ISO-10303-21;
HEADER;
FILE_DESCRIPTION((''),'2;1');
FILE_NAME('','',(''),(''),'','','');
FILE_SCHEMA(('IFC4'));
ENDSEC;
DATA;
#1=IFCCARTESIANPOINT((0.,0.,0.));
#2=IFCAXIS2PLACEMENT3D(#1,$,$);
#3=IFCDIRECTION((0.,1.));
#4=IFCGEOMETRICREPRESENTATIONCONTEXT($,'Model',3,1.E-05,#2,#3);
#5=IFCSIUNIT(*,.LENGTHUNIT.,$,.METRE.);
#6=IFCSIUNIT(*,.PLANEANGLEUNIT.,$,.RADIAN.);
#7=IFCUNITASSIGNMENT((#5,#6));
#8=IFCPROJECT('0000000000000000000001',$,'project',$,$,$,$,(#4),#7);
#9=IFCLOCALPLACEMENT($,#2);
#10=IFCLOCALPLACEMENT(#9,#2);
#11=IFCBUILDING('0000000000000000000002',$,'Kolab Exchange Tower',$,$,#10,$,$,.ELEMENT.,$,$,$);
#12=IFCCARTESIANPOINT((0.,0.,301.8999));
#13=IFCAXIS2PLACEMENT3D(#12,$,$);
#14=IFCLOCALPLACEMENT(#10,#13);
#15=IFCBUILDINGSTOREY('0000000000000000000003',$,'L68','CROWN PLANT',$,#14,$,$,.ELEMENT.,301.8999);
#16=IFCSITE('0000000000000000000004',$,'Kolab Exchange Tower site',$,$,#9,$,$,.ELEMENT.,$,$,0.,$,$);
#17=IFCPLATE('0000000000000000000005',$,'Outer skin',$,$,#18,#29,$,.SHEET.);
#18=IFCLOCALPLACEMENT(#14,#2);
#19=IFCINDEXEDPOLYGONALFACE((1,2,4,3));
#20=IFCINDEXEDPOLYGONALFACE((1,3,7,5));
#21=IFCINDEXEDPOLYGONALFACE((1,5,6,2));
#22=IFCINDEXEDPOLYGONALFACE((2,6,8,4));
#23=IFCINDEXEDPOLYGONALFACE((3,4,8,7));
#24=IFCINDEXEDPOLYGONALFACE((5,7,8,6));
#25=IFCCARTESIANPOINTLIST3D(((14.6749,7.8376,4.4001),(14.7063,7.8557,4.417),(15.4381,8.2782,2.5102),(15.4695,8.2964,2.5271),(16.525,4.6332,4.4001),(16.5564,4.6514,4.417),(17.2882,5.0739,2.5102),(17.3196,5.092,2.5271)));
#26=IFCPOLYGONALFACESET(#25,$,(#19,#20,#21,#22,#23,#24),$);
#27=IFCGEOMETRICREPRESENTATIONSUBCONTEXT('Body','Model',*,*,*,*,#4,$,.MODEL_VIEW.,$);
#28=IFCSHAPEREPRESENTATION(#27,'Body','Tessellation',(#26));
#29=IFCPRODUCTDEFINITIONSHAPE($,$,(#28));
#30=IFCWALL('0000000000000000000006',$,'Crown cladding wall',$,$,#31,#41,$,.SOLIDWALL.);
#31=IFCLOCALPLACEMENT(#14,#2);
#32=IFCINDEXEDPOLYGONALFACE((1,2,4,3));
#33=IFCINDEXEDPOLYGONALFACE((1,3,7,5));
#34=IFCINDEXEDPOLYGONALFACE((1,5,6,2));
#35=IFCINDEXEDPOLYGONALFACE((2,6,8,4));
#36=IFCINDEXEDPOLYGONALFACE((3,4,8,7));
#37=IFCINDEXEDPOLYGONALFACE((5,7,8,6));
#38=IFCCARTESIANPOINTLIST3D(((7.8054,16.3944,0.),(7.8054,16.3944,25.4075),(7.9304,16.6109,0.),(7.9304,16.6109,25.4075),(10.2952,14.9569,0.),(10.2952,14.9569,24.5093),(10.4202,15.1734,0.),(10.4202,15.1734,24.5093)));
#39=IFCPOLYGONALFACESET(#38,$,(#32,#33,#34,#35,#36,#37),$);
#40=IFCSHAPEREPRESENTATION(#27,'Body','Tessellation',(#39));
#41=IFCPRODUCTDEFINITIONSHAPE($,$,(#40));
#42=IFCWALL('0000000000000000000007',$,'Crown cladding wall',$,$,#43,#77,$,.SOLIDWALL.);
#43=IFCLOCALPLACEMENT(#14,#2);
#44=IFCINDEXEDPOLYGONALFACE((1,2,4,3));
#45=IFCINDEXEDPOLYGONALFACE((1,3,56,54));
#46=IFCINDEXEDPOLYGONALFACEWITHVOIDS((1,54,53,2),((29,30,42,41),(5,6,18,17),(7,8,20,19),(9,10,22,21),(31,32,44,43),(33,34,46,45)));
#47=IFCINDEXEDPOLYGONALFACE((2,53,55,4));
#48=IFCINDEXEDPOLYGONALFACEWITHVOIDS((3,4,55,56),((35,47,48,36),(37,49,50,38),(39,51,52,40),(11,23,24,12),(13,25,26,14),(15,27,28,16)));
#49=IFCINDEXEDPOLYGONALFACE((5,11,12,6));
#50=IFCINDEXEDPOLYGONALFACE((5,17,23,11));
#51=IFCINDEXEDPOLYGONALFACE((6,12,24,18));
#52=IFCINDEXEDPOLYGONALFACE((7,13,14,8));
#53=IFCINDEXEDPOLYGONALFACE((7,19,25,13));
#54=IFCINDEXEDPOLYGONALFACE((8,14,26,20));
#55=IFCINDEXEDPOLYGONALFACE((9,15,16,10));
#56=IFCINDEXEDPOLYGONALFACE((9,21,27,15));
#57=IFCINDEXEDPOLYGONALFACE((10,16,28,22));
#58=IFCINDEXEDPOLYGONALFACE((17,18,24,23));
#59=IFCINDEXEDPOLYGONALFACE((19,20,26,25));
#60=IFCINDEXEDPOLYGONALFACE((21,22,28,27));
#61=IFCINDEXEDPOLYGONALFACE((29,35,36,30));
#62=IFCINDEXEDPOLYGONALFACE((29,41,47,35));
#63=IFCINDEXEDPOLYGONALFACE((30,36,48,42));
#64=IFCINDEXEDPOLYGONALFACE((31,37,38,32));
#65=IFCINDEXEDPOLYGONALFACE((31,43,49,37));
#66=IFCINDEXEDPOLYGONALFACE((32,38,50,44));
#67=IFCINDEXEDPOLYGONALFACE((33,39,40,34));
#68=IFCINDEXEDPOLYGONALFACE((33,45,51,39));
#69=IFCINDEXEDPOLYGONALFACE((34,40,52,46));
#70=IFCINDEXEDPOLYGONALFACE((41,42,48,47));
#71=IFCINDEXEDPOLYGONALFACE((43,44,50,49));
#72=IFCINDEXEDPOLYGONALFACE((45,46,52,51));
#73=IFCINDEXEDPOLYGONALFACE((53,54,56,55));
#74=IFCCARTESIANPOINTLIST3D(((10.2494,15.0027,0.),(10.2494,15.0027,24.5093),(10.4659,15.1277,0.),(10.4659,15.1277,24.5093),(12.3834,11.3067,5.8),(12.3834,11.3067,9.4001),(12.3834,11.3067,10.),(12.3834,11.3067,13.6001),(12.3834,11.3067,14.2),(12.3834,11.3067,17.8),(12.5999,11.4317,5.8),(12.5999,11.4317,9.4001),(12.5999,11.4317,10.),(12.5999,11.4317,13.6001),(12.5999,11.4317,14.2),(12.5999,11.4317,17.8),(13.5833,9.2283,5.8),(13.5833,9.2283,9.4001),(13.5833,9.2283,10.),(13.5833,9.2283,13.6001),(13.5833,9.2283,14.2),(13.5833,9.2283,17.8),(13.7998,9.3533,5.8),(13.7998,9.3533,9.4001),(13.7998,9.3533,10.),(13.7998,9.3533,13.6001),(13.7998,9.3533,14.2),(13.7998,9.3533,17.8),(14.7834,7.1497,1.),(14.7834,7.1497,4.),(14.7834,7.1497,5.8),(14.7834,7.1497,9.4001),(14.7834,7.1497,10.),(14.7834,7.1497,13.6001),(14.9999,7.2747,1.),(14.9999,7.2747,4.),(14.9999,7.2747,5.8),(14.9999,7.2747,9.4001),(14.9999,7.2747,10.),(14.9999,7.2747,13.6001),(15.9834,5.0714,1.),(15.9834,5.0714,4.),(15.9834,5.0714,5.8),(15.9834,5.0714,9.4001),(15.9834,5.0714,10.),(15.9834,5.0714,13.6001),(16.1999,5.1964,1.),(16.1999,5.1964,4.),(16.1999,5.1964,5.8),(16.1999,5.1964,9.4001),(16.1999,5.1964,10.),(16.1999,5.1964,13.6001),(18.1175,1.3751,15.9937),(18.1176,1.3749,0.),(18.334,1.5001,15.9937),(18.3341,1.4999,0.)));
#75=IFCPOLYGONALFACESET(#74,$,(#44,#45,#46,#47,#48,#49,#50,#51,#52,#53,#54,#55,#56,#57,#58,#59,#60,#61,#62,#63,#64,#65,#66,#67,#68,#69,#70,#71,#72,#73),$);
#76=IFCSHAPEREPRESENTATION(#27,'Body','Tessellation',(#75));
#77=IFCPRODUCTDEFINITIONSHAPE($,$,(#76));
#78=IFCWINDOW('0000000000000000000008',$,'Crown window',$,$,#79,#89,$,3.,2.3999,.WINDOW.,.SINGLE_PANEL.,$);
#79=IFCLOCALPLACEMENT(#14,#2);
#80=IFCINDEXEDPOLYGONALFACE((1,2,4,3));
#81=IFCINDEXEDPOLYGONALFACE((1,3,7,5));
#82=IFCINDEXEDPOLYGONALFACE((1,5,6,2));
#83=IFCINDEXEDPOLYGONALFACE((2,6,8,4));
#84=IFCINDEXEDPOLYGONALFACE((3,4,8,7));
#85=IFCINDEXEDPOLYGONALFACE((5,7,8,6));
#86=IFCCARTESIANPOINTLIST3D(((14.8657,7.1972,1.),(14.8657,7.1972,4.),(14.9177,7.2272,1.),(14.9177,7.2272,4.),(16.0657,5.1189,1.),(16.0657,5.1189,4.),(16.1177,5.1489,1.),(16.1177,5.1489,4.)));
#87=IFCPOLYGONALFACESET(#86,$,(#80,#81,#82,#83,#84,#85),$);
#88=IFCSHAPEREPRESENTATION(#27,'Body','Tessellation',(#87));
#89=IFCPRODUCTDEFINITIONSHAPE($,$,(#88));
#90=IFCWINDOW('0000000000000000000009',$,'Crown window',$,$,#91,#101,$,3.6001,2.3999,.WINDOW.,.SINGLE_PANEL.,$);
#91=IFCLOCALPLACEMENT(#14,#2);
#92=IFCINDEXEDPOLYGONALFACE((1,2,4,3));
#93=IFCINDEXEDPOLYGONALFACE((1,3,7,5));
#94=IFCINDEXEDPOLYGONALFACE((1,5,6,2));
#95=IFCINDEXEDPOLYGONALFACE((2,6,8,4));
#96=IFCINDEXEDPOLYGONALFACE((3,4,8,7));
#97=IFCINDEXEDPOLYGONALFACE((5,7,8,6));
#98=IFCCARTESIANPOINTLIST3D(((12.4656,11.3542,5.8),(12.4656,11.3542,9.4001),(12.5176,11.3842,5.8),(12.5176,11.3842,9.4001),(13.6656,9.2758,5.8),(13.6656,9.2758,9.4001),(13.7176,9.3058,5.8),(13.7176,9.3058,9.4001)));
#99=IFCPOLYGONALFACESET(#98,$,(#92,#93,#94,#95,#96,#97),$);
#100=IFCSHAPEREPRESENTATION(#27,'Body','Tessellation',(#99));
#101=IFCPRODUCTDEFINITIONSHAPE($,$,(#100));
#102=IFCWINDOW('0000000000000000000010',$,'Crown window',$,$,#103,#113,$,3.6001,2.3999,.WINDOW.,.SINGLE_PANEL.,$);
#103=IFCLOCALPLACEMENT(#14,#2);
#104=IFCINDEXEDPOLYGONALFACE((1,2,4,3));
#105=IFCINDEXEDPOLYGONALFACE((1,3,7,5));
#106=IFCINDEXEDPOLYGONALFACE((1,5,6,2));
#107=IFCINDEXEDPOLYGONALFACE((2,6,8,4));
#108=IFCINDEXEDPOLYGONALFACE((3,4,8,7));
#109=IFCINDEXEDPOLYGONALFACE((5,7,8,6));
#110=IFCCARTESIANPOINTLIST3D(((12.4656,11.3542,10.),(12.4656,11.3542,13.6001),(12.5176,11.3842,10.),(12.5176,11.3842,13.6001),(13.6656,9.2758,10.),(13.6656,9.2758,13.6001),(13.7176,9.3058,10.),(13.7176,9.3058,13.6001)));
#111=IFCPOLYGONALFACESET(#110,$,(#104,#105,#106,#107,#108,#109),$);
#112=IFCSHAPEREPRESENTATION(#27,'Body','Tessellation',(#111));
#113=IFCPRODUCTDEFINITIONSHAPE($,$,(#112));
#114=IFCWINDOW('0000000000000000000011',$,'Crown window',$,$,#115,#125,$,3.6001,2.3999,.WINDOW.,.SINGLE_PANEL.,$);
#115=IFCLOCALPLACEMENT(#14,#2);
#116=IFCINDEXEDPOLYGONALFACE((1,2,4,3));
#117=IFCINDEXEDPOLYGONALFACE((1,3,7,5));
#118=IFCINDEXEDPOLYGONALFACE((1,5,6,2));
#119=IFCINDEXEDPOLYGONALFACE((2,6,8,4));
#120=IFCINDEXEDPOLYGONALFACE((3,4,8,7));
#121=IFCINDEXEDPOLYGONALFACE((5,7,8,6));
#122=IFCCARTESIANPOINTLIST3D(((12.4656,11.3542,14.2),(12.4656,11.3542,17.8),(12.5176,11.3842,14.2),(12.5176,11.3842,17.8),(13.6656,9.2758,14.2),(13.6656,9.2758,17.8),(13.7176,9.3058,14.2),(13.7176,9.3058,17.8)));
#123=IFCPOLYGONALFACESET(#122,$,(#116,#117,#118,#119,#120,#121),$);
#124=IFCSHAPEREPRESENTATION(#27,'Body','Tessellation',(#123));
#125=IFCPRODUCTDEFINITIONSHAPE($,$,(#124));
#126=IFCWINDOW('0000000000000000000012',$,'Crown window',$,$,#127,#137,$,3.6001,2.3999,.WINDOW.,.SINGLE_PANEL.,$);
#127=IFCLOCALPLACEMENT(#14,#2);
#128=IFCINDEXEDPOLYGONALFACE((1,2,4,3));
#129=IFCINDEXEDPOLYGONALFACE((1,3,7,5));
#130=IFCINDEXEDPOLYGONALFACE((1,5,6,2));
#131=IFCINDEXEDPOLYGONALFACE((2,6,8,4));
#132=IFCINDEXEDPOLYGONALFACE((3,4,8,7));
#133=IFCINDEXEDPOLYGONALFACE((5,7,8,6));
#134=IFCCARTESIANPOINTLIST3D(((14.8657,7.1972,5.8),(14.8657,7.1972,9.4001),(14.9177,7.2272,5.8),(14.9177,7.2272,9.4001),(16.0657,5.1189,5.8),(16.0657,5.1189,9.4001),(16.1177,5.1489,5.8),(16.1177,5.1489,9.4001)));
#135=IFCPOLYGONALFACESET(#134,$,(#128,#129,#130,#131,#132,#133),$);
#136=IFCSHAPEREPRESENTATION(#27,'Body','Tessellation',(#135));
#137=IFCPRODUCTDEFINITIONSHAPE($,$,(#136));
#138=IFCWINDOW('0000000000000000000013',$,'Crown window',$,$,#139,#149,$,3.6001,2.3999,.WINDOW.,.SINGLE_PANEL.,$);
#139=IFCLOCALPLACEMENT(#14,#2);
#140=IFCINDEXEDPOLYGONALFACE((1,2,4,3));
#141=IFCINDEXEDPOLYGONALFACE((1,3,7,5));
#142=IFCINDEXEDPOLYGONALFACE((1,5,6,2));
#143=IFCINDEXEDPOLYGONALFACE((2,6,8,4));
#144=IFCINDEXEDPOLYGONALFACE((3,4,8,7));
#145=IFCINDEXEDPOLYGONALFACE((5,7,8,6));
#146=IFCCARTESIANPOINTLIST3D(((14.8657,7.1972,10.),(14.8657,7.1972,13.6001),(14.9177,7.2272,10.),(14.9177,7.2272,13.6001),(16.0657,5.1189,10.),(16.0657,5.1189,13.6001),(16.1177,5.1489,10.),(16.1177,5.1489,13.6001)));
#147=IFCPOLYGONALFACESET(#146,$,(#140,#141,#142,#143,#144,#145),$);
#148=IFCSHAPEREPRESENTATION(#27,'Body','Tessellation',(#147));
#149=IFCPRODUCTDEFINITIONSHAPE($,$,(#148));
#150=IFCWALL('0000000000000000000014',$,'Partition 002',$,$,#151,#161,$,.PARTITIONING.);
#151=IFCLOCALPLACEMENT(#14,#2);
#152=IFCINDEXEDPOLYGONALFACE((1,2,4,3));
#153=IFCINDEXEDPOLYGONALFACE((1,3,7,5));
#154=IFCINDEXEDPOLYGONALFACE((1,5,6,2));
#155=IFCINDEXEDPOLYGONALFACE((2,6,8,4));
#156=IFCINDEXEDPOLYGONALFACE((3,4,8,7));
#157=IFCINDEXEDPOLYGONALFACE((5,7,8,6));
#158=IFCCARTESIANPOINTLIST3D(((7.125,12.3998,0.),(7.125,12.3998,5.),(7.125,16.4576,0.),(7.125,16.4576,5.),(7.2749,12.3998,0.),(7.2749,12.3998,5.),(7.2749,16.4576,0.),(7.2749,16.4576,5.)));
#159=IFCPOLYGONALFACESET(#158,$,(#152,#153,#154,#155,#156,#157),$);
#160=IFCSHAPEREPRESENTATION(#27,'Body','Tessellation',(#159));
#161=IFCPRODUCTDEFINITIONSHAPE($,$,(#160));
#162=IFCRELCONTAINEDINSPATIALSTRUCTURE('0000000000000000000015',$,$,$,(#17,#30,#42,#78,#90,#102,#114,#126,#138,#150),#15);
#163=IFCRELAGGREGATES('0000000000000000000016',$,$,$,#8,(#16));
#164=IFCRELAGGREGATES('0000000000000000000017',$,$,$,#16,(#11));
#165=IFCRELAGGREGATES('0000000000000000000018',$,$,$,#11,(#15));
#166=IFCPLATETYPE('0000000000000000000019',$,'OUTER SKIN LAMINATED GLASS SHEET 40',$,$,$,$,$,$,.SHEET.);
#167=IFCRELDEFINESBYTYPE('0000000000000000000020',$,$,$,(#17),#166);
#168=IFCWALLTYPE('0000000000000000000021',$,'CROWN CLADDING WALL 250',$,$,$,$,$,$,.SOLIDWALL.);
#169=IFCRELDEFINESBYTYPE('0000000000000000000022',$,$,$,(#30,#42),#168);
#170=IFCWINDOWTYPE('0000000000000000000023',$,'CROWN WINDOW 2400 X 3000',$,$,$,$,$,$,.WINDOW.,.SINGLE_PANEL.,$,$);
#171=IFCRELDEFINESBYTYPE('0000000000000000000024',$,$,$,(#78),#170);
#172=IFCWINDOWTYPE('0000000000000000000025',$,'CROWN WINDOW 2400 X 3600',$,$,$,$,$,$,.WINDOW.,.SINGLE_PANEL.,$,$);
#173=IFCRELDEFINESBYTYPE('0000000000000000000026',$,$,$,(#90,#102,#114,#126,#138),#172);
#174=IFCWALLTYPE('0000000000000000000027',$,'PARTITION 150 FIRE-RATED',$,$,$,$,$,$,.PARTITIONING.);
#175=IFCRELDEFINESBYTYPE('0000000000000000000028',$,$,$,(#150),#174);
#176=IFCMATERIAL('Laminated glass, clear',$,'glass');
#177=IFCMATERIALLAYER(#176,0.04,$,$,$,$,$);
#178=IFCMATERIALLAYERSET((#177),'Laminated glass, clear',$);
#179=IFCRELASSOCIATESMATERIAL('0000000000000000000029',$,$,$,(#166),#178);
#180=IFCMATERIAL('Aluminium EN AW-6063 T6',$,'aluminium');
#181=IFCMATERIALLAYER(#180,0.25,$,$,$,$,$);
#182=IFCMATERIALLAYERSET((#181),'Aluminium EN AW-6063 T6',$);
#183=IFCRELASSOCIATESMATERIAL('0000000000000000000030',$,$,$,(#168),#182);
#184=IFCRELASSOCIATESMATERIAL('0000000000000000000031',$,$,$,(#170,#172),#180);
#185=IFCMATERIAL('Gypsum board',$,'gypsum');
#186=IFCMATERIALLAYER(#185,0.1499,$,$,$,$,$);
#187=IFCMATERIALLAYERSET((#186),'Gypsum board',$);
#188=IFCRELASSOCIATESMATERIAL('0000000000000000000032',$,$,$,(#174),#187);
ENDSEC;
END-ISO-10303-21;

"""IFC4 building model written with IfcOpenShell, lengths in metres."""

from ifc_helpers import new_model, si_unit, direction, frame, frame_2d, origin, place, context, subcontext, project, spatial, polyline, rectangle, outline, extrude, material, layer, layer_set, type_object, element, fill, save


model = new_model("IFC4")

# Units and contexts
model_context = context("Model", 3, precision=1e-05, world=origin(), true_north=direction((0.0, 1.0)))
body_context = subcontext(model_context, "Body", "Model", "MODEL_VIEW")
ifc_project = project(units=[si_unit("LENGTHUNIT", "METRE"), si_unit("PLANEANGLEUNIT", "RADIAN")], contexts=[model_context])

# Site, building, storey
site_placement = place(None, origin())
site = spatial("IfcSite", under=ifc_project, at=site_placement, Name="Kolab Exchange Tower site", CompositionType="ELEMENT", RefElevation=0.0)
building_placement = place(site_placement, origin())
building = spatial("IfcBuilding", under=site, at=building_placement, Name="Kolab Exchange Tower", CompositionType="ELEMENT")
storey_placement = place(building_placement, frame((0.0, 0.0, 301.8999)))
storey = spatial("IfcBuildingStorey", under=building, at=storey_placement, Name="L68", Description="CROWN PLANT", CompositionType="ELEMENT", Elevation=301.8999)

# Plate
ifc_material_1 = material(Name="Laminated glass, clear", Category="glass")
ifc_layer_1 = layer(ifc_material_1, 0.04)
ifc_layer_set_1 = layer_set([ifc_layer_1], Name="Laminated glass, clear")
plate_type = type_object("IfcPlateType", Name="OUTER SKIN LAMINATED GLASS SHEET 40", PredefinedType="SHEET", material=ifc_layer_set_1)
plate_1_placement = place(storey_placement, frame((15.4695, 8.2964, 2.5271), z_axis=(0.784878, 0.453166, 0.422619), x_axis=(0.500014, -0.866017, 0.0)))
element("IfcPlate", 1, at=plate_1_placement, inside=storey, type_object=plate_type, Name="Outer skin", PredefinedType="SHEET", context=body_context, shape_type="SweptSolid", body=[
    extrude(outline(polyline([(0.0, 0.0), (3.7001, 0.0), (3.7001, -2.0853), (0.0, -2.0853), (0.0, 0.0)])), origin(), (0.0, 0.0, -1.0), 0.04),
])

# Wall
ifc_material_2 = material(Name="Aluminium EN AW-6063 T6", Category="aluminium")
ifc_layer_2 = layer(ifc_material_2, 0.25)
ifc_layer_set_2 = layer_set([ifc_layer_2], Name="Aluminium EN AW-6063 T6")
wall_type_1 = type_object("IfcWallType", Name="CROWN CLADDING WALL 250", PredefinedType="SOLIDWALL", material=ifc_layer_set_2)
wall_1_placement = place(storey_placement, frame((7.8679, 16.5027, 0.0), z_axis=(0.0, 0.0, 1.0), x_axis=(0.866019, -0.500012, 0.0)))
element("IfcWall", 2, at=wall_1_placement, inside=storey, type_object=wall_type_1, Name="Crown cladding wall", PredefinedType="SOLIDWALL", context=body_context, shape_type="SweptSolid", body=[
    extrude(outline(polyline([(0.0, 0.0), (2.875, 0.0), (2.875, 24.5093), (0.0, 25.4075), (0.0, 0.0)])), frame((0.0, 0.125, 0.0), z_axis=(0.0, -1.0, 0.0), x_axis=(1.0, 0.0, 0.0)), (0.0, 0.0, 1.0), 0.25),
])

# Wall, openings, windows
wall_2_placement = place(storey_placement, frame((10.3577, 15.0652, 0.0), z_axis=(0.0, 0.0, 1.0), x_axis=(0.50001, -0.866019, 0.0)))
wall_2 = element("IfcWall", 3, at=wall_2_placement, inside=storey, type_object=wall_type_1, Name="Crown cladding wall", PredefinedType="SOLIDWALL", context=body_context, shape_type="SweptSolid", body=[
    extrude(outline(polyline([(0.0, 0.0), (15.7361, 0.0), (15.7358, 15.9937), (0.0, 24.5093), (0.0, 0.0)])), frame((0.0, 0.125, 0.0), z_axis=(0.0, -1.0, 0.0), x_axis=(1.0, 0.0, 0.0)), (0.0, 0.0, 1.0), 0.25),
])
opening_1_placement = place(wall_2_placement, frame((4.2678, 0.0, 5.8)))
opening_1 = element("IfcOpeningElement", 4, at=opening_1_placement, cuts=wall_2, PredefinedType="OPENING", context=body_context, shape_type="SweptSolid", body=[
    extrude(rectangle(XDim=2.3999, YDim=3.6001, at=frame_2d((1.2, 1.8))), frame((0.0, 0.135, 0.0), z_axis=(0.0, -1.0, 0.0), x_axis=(1.0, 0.0, 0.0)), (0.0, 0.0, 1.0), 0.27),
])
opening_2_placement = place(wall_2_placement, frame((4.2678, 0.0, 10.0)))
opening_2 = element("IfcOpeningElement", 5, at=opening_2_placement, cuts=wall_2, PredefinedType="OPENING", context=body_context, shape_type="SweptSolid", body=[
    extrude(rectangle(XDim=2.3999, YDim=3.6001, at=frame_2d((1.2, 1.8))), frame((0.0, 0.135, 0.0), z_axis=(0.0, -1.0, 0.0), x_axis=(1.0, 0.0, 0.0)), (0.0, 0.0, 1.0), 0.27),
])
opening_3_placement = place(wall_2_placement, frame((4.2678, 0.0, 14.2)))
opening_3 = element("IfcOpeningElement", 6, at=opening_3_placement, cuts=wall_2, PredefinedType="OPENING", context=body_context, shape_type="SweptSolid", body=[
    extrude(rectangle(XDim=2.3999, YDim=3.6001, at=frame_2d((1.2, 1.8))), frame((0.0, 0.135, 0.0), z_axis=(0.0, -1.0, 0.0), x_axis=(1.0, 0.0, 0.0)), (0.0, 0.0, 1.0), 0.27),
])
opening_4_placement = place(wall_2_placement, frame((9.0679, 0.0, 5.8)))
opening_4 = element("IfcOpeningElement", 7, at=opening_4_placement, cuts=wall_2, PredefinedType="OPENING", context=body_context, shape_type="SweptSolid", body=[
    extrude(rectangle(XDim=2.3999, YDim=3.6001, at=frame_2d((1.2, 1.8))), frame((0.0, 0.135, 0.0), z_axis=(0.0, -1.0, 0.0), x_axis=(1.0, 0.0, 0.0)), (0.0, 0.0, 1.0), 0.27),
])
opening_5_placement = place(wall_2_placement, frame((9.0679, 0.0, 10.0)))
opening_5 = element("IfcOpeningElement", 8, at=opening_5_placement, cuts=wall_2, PredefinedType="OPENING", context=body_context, shape_type="SweptSolid", body=[
    extrude(rectangle(XDim=2.3999, YDim=3.6001, at=frame_2d((1.2, 1.8))), frame((0.0, 0.135, 0.0), z_axis=(0.0, -1.0, 0.0), x_axis=(1.0, 0.0, 0.0)), (0.0, 0.0, 1.0), 0.27),
])
opening_6_placement = place(wall_2_placement, frame((9.0679, 0.0, 1.0)))
opening_6 = element("IfcOpeningElement", 9, at=opening_6_placement, cuts=wall_2, PredefinedType="OPENING", context=body_context, shape_type="SweptSolid", body=[
    extrude(rectangle(XDim=2.3999, YDim=3.0, at=frame_2d((1.2, 1.5))), frame((0.0, 0.135, 0.0), z_axis=(0.0, -1.0, 0.0), x_axis=(1.0, 0.0, 0.0)), (0.0, 0.0, 1.0), 0.27),
])
window_type_1 = type_object("IfcWindowType", Name="CROWN WINDOW 2400 X 3000", PartitioningType="SINGLE_PANEL", PredefinedType="WINDOW", material=ifc_material_2)
window_1_placement = place(opening_6_placement, origin())
window_1 = element("IfcWindow", 10, at=window_1_placement, inside=storey, type_object=window_type_1, Name="Crown window", OverallHeight=3.0, OverallWidth=2.3999, PartitioningType="SINGLE_PANEL", PredefinedType="WINDOW", context=body_context, shape_type="SweptSolid", body=[
    extrude(rectangle(XDim=2.3999, YDim=3.0, at=frame_2d((1.2, 1.5))), frame((0.0, 0.03, 0.0), z_axis=(0.0, -1.0, 0.0), x_axis=(1.0, 0.0, 0.0)), (0.0, 0.0, 1.0), 0.0601),
])
fill(opening_6, window_1)
window_type_2 = type_object("IfcWindowType", Name="CROWN WINDOW 2400 X 3600", PartitioningType="SINGLE_PANEL", PredefinedType="WINDOW", material=ifc_material_2)
window_2_placement = place(opening_1_placement, origin())
window_2 = element("IfcWindow", 11, at=window_2_placement, inside=storey, type_object=window_type_2, Name="Crown window", OverallHeight=3.6001, OverallWidth=2.3999, PartitioningType="SINGLE_PANEL", PredefinedType="WINDOW", context=body_context, shape_type="SweptSolid", body=[
    extrude(rectangle(XDim=2.3999, YDim=3.6001, at=frame_2d((1.2, 1.8))), frame((0.0, 0.03, 0.0), z_axis=(0.0, -1.0, 0.0), x_axis=(1.0, 0.0, 0.0)), (0.0, 0.0, 1.0), 0.0601),
])
fill(opening_1, window_2)
window_3_placement = place(opening_2_placement, origin())
window_3 = element("IfcWindow", 12, at=window_3_placement, inside=storey, type_object=window_type_2, Name="Crown window", OverallHeight=3.6001, OverallWidth=2.3999, PartitioningType="SINGLE_PANEL", PredefinedType="WINDOW", context=body_context, shape_type="SweptSolid", body=[
    extrude(rectangle(XDim=2.3999, YDim=3.6001, at=frame_2d((1.2, 1.8))), frame((0.0, 0.03, 0.0), z_axis=(0.0, -1.0, 0.0), x_axis=(1.0, 0.0, 0.0)), (0.0, 0.0, 1.0), 0.0601),
])
fill(opening_2, window_3)
window_4_placement = place(opening_3_placement, origin())
window_4 = element("IfcWindow", 13, at=window_4_placement, inside=storey, type_object=window_type_2, Name="Crown window", OverallHeight=3.6001, OverallWidth=2.3999, PartitioningType="SINGLE_PANEL", PredefinedType="WINDOW", context=body_context, shape_type="SweptSolid", body=[
    extrude(rectangle(XDim=2.3999, YDim=3.6001, at=frame_2d((1.2, 1.8))), frame((0.0, 0.03, 0.0), z_axis=(0.0, -1.0, 0.0), x_axis=(1.0, 0.0, 0.0)), (0.0, 0.0, 1.0), 0.0601),
])
fill(opening_3, window_4)
window_5_placement = place(opening_4_placement, origin())
window_5 = element("IfcWindow", 14, at=window_5_placement, inside=storey, type_object=window_type_2, Name="Crown window", OverallHeight=3.6001, OverallWidth=2.3999, PartitioningType="SINGLE_PANEL", PredefinedType="WINDOW", context=body_context, shape_type="SweptSolid", body=[
    extrude(rectangle(XDim=2.3999, YDim=3.6001, at=frame_2d((1.2, 1.8))), frame((0.0, 0.03, 0.0), z_axis=(0.0, -1.0, 0.0), x_axis=(1.0, 0.0, 0.0)), (0.0, 0.0, 1.0), 0.0601),
])
fill(opening_4, window_5)
window_6_placement = place(opening_5_placement, origin())
window_6 = element("IfcWindow", 15, at=window_6_placement, inside=storey, type_object=window_type_2, Name="Crown window", OverallHeight=3.6001, OverallWidth=2.3999, PartitioningType="SINGLE_PANEL", PredefinedType="WINDOW", context=body_context, shape_type="SweptSolid", body=[
    extrude(rectangle(XDim=2.3999, YDim=3.6001, at=frame_2d((1.2, 1.8))), frame((0.0, 0.03, 0.0), z_axis=(0.0, -1.0, 0.0), x_axis=(1.0, 0.0, 0.0)), (0.0, 0.0, 1.0), 0.0601),
])
fill(opening_5, window_6)

# Wall
ifc_material_3 = material(Name="Gypsum board", Category="gypsum")
ifc_layer_3 = layer(ifc_material_3, 0.1499)
ifc_layer_set_3 = layer_set([ifc_layer_3], Name="Gypsum board")
wall_type_2 = type_object("IfcWallType", Name="PARTITION 150 FIRE-RATED", PredefinedType="PARTITIONING", material=ifc_layer_set_3)
wall_3_placement = place(storey_placement, frame((7.2, 12.3999, 0.0), z_axis=(0.0, 0.0, 1.0), x_axis=(0.0, 1.0, 0.0)))
element("IfcWall", 16, at=wall_3_placement, inside=storey, type_object=wall_type_2, Name="Partition 002", PredefinedType="PARTITIONING", context=body_context, shape_type="SweptSolid", body=[
    extrude(rectangle(XDim=4.0579, YDim=0.1499, at=frame_2d((2.0288, 0.0))), origin(), (0.0, 0.0, 1.0), 5.0),
])

save(model, "model.ifc")
